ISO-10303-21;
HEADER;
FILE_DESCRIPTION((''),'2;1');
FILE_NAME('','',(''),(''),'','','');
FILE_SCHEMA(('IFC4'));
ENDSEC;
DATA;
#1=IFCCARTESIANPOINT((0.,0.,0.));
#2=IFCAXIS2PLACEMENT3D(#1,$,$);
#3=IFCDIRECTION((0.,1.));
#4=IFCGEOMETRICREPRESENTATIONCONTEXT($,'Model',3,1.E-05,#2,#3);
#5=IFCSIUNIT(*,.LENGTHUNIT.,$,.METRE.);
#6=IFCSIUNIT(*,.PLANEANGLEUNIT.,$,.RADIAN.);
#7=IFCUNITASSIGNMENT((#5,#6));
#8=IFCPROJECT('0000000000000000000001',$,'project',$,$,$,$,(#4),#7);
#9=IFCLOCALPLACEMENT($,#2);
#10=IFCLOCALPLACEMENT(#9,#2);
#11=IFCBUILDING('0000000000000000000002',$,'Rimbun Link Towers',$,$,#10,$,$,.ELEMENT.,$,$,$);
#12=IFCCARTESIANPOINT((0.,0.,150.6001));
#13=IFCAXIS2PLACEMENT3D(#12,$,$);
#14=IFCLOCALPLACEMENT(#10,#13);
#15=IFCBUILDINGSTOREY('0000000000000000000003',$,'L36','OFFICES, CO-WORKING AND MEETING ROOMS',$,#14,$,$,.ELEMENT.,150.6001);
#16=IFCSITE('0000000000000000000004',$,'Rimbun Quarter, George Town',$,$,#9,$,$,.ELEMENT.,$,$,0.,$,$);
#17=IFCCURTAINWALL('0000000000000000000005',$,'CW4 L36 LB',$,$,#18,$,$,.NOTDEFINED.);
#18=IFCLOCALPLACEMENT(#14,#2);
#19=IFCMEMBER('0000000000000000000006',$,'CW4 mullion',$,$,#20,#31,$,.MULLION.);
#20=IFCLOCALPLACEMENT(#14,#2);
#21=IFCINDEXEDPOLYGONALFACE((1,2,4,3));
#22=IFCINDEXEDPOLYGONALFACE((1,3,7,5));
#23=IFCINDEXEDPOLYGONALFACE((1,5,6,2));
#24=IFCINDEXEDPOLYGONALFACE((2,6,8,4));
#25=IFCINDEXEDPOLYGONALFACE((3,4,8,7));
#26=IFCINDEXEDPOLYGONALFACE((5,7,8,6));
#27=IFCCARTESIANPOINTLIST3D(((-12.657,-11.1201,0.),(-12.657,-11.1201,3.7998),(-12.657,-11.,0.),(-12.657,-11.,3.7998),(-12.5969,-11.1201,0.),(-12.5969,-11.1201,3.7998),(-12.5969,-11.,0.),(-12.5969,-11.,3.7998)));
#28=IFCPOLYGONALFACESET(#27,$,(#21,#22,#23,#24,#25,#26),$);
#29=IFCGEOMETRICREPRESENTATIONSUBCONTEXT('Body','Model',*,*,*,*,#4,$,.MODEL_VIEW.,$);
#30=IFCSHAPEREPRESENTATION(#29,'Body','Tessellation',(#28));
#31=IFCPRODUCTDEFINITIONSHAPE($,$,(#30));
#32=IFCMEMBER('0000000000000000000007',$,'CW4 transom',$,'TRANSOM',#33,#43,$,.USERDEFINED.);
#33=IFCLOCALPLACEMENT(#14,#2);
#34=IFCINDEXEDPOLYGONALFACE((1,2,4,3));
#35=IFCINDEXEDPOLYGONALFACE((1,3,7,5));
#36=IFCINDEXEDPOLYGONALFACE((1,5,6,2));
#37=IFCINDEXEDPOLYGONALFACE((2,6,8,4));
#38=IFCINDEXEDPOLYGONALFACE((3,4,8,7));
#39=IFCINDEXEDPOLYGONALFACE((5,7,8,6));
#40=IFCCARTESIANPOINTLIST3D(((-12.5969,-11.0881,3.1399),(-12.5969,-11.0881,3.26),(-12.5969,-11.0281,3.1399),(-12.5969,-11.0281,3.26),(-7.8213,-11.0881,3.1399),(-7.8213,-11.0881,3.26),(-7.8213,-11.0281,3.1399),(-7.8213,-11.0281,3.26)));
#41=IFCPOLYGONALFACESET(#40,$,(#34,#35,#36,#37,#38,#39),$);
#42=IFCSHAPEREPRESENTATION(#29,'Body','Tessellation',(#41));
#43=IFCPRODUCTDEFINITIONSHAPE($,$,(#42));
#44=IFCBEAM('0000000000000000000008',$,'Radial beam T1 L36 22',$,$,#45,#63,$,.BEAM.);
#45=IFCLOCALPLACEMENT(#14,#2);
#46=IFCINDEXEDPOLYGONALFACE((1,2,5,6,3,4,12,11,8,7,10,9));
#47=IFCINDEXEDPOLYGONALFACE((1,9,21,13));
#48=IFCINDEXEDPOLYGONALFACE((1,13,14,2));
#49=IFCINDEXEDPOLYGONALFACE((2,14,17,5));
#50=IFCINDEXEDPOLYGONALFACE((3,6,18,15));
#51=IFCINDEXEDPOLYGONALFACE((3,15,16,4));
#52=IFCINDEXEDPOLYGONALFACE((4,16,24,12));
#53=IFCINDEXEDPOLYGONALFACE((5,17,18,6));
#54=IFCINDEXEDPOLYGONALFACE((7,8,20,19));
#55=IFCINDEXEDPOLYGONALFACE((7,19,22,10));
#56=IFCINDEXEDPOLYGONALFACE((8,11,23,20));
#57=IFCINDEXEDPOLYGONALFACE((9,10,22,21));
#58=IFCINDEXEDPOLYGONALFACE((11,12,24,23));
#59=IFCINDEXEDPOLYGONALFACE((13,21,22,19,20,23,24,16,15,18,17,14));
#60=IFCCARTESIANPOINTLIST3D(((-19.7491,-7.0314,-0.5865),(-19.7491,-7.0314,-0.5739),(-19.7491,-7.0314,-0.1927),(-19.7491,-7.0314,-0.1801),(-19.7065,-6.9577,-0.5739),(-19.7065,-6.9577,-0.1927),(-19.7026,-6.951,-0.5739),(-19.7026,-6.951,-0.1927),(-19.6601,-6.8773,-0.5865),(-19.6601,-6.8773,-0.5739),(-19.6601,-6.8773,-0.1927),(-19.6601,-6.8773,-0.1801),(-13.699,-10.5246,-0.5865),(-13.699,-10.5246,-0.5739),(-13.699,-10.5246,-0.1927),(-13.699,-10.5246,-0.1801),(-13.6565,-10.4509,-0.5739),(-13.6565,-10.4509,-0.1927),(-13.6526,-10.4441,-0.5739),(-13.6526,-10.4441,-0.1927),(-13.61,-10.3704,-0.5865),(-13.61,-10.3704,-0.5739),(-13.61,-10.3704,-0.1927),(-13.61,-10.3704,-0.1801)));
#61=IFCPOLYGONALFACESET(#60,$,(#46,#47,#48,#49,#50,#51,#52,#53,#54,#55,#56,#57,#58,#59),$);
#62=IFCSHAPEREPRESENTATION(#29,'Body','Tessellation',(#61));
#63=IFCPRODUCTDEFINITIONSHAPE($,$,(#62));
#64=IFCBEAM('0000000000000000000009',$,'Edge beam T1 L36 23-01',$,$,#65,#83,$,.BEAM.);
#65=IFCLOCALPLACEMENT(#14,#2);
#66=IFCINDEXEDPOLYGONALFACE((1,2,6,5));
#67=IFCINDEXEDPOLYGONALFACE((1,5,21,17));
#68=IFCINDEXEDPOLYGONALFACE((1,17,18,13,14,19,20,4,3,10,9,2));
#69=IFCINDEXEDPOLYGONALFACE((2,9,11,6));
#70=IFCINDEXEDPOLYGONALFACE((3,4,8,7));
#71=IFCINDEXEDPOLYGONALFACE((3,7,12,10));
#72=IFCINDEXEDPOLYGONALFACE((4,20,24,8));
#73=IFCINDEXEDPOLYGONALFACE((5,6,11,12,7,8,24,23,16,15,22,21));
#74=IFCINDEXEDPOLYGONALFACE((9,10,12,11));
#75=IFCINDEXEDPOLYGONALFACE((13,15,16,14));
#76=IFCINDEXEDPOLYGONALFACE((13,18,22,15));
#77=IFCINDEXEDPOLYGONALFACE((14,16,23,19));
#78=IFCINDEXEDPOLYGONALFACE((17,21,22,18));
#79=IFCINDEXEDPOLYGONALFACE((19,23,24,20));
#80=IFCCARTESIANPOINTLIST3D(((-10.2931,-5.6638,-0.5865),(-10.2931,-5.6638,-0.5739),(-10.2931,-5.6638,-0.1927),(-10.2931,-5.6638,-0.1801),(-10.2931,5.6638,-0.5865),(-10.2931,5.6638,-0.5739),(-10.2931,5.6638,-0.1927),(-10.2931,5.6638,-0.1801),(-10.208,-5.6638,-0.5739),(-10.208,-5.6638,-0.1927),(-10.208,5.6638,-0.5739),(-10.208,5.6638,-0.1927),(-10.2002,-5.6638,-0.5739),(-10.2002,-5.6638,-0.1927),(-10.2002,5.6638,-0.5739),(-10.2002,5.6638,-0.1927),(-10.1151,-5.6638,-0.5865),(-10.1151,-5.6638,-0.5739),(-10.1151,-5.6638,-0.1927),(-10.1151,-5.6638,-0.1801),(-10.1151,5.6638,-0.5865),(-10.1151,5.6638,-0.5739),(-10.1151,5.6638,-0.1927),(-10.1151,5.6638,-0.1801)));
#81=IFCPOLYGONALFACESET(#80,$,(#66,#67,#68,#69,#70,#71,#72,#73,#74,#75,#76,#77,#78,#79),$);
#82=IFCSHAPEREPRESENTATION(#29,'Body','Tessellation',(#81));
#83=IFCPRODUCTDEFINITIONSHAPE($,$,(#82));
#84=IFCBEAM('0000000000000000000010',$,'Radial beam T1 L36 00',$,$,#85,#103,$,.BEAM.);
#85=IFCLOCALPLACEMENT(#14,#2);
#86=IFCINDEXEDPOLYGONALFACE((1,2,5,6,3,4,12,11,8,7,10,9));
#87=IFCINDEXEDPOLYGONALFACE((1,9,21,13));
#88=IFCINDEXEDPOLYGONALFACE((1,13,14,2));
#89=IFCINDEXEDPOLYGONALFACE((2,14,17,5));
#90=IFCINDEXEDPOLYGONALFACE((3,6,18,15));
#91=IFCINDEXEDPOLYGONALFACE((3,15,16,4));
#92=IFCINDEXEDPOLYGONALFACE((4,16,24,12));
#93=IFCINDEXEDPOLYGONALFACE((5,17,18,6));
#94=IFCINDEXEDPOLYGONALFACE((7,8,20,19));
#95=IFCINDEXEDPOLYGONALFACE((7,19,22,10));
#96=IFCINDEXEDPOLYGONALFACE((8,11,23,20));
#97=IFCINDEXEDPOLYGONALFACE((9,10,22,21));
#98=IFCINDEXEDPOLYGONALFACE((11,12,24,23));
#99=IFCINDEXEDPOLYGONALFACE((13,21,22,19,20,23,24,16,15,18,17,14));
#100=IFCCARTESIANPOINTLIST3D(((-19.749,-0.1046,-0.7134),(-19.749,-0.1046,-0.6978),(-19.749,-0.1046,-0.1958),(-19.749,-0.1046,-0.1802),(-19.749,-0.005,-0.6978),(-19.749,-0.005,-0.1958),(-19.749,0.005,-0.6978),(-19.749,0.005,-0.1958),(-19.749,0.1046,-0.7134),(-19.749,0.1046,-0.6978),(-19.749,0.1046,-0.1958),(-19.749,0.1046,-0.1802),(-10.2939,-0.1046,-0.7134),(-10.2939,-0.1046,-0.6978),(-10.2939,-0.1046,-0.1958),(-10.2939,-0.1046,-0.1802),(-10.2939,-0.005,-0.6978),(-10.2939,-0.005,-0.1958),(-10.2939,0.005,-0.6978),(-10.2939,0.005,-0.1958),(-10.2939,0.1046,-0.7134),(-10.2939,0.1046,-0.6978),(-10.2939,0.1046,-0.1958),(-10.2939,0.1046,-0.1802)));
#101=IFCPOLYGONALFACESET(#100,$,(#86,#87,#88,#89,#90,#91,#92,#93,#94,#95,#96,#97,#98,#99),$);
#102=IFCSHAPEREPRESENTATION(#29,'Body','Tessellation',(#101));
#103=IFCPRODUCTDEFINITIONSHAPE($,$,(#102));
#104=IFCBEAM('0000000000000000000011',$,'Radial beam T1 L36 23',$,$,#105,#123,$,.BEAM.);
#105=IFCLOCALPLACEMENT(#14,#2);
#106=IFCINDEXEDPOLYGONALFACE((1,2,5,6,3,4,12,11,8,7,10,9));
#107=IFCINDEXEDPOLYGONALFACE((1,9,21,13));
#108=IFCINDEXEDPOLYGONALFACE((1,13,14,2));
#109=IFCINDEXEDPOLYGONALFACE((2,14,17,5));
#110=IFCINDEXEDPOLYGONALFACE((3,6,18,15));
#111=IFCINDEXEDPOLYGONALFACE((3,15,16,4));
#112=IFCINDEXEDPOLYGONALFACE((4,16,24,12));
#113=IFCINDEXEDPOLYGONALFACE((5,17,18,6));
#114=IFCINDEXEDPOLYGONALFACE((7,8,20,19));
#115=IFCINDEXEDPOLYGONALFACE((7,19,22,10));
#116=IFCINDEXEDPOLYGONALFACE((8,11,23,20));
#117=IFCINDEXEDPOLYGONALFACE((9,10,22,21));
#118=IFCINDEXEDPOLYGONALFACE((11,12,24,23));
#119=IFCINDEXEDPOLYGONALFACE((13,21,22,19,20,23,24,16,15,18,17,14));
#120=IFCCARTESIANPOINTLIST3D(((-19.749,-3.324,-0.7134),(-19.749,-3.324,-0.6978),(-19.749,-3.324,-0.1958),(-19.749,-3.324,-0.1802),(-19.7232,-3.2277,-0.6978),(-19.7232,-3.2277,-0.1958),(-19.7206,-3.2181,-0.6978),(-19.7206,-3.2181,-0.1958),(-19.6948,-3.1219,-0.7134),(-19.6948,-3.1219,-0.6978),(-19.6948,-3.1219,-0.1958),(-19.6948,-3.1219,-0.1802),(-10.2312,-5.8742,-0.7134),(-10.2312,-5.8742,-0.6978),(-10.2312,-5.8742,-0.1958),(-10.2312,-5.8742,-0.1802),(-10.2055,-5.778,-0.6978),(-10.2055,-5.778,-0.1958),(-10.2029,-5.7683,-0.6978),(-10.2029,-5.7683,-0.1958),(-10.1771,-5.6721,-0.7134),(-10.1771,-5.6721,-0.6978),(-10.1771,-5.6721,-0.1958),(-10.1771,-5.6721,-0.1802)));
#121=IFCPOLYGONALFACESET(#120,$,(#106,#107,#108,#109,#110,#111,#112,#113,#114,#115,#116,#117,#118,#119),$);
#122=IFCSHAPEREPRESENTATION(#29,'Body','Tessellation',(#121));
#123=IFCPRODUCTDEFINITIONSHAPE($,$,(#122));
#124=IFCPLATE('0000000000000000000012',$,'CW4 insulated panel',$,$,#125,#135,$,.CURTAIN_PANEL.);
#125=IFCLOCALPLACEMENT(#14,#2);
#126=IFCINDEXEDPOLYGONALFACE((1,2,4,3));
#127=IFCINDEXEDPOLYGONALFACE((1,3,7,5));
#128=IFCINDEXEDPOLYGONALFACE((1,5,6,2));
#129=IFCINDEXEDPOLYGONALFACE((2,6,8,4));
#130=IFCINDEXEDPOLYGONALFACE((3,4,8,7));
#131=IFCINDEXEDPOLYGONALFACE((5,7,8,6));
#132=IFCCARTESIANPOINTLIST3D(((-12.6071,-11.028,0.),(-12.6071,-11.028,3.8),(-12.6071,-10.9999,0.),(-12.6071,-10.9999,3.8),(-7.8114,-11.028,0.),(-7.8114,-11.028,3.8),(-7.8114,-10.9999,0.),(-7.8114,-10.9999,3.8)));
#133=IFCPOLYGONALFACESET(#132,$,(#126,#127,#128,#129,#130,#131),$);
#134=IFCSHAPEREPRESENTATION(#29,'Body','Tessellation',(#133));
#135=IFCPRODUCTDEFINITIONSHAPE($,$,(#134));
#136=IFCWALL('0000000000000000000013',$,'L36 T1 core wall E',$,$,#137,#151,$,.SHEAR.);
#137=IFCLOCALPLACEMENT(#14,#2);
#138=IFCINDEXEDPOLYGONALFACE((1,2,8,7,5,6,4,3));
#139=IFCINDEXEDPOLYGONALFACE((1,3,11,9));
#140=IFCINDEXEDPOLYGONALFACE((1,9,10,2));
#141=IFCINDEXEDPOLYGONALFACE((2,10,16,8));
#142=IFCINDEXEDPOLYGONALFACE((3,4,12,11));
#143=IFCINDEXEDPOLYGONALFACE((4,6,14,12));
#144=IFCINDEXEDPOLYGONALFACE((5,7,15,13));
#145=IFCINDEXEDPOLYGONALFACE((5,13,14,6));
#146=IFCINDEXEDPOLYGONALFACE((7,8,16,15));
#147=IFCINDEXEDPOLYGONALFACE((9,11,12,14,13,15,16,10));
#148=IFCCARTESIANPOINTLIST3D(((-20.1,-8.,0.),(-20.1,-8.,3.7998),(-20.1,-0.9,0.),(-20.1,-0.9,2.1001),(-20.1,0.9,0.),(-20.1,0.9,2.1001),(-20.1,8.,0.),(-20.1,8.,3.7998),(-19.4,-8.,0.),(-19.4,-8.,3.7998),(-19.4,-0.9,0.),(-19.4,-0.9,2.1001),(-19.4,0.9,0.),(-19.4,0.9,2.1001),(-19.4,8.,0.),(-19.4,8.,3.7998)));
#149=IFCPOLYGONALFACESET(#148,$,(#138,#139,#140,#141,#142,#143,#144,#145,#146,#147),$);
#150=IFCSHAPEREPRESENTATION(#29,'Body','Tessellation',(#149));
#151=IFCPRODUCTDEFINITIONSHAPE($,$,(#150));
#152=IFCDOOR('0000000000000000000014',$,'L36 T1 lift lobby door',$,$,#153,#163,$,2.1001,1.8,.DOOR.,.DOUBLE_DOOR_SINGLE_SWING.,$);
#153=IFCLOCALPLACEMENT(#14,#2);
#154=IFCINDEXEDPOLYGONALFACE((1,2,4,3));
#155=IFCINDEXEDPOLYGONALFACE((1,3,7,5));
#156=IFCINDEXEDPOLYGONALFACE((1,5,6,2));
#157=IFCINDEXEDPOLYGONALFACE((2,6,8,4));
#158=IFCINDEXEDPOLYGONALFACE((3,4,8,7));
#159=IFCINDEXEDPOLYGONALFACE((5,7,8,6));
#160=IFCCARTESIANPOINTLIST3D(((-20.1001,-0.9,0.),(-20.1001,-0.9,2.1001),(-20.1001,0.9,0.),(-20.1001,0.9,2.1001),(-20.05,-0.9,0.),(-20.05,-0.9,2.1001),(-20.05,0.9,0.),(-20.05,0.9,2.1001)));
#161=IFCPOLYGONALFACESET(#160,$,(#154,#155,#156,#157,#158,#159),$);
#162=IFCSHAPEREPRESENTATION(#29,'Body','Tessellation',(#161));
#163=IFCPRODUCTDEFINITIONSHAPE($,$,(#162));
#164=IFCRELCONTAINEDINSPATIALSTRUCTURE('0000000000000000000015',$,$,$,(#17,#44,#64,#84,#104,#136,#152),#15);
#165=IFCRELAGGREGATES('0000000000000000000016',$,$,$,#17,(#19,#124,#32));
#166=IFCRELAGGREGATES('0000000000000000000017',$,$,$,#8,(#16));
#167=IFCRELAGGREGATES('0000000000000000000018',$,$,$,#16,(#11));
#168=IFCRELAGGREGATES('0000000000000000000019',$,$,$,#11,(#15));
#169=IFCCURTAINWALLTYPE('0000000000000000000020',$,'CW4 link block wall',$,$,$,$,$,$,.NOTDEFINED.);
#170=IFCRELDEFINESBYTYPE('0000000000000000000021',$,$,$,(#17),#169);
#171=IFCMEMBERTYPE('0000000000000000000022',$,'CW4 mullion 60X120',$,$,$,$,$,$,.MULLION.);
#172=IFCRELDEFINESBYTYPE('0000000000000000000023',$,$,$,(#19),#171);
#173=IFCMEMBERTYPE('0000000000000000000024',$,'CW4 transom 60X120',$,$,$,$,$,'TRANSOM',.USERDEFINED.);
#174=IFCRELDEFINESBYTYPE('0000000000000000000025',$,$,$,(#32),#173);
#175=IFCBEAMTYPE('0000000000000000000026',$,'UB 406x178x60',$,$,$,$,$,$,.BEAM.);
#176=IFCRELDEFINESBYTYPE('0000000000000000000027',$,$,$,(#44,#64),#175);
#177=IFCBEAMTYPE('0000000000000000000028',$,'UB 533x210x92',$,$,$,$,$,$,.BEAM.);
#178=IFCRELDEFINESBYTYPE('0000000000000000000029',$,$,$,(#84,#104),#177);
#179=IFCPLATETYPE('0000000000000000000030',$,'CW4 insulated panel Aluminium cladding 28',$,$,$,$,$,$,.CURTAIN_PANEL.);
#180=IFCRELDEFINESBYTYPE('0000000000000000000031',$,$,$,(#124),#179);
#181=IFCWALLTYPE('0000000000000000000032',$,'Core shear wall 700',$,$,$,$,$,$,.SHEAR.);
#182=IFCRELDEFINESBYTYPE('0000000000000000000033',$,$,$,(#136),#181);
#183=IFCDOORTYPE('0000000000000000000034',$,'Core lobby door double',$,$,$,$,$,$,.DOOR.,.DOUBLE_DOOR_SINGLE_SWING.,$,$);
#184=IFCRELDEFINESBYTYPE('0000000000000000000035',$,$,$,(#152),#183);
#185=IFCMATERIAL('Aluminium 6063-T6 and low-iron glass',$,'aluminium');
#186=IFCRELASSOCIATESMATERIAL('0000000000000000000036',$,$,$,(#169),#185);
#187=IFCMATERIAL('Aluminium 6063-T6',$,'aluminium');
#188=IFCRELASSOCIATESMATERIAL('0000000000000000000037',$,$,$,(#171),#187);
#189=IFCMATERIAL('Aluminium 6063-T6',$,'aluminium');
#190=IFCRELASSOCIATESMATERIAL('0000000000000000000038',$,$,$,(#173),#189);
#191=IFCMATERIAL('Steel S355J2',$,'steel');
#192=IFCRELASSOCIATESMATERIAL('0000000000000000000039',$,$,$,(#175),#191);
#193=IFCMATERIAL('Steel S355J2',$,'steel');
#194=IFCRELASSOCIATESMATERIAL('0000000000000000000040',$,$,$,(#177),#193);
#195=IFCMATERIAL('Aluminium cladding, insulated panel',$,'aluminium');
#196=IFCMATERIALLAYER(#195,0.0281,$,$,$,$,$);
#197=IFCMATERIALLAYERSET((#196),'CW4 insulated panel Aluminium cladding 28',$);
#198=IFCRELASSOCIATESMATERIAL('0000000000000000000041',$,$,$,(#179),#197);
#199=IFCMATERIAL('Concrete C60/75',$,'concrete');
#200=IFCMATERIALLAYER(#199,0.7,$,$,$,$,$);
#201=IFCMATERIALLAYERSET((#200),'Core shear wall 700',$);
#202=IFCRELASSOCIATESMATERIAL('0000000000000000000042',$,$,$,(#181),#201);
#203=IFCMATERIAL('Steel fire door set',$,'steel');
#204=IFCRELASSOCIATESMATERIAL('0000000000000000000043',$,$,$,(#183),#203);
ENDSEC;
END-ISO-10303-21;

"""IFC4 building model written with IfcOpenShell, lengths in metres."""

from ifc_helpers import new_model, si_unit, direction, frame, frame_2d, origin, origin_2d, place, context, subcontext, project, spatial, rectangle, i_section, extrude, material, layer, layer_set, material_profile, profile_set, type_object, element, fill, aggregate, save


model = new_model("IFC4")

# Units and contexts
model_context = context("Model", 3, precision=1e-05, world=origin(), true_north=direction((0.0, 1.0)))
body_context = subcontext(model_context, "Body", "Model", "MODEL_VIEW")
ifc_project = project(units=[si_unit("LENGTHUNIT", "METRE"), si_unit("PLANEANGLEUNIT", "RADIAN")], contexts=[model_context])

# Site, building, storey
site_placement = place(None, origin())
site = spatial("IfcSite", under=ifc_project, at=site_placement, Name="Rimbun Quarter, George Town", CompositionType="ELEMENT", RefElevation=0.0)
building_placement = place(site_placement, origin())
building = spatial("IfcBuilding", under=site, at=building_placement, Name="Rimbun Link Towers", CompositionType="ELEMENT")
storey_placement = place(building_placement, frame((0.0, 0.0, 150.6001)))
storey = spatial("IfcBuildingStorey", under=building, at=storey_placement, Name="L36", Description="OFFICES, CO-WORKING AND MEETING ROOMS", CompositionType="ELEMENT", Elevation=150.6001)

# Curtain wall, members
ifc_material_1 = material(Name="Aluminium 6063-T6 and low-iron glass", Category="aluminium")
curtain_wall_type = type_object("IfcCurtainWallType", Name="CW4 link block wall", PredefinedType="NOTDEFINED", material=ifc_material_1)
curtain_wall_placement = place(storey_placement, origin())
curtain_wall = element("IfcCurtainWall", 1, at=curtain_wall_placement, inside=storey, type_object=curtain_wall_type, Name="CW4 L36 LB", PredefinedType="NOTDEFINED")
ifc_material_2 = material(Name="Aluminium 6063-T6", Category="aluminium")
ifc_material_profile_1 = material_profile(ifc_material_2, rectangle(XDim=0.1201, YDim=0.0601, at=origin_2d()), Name="MULLION 60X120")
ifc_profile_set_1 = profile_set([ifc_material_profile_1], Name="Aluminium 6063-T6")
member_type_1 = type_object("IfcMemberType", Name="CW4 mullion 60X120", PredefinedType="MULLION", material=ifc_profile_set_1)
member_1_placement = place(storey_placement, frame((-12.627, -11.0601, 0.0), z_axis=(0.0, 0.0, 1.0), x_axis=(0.0, -1.0, 0.0)))
member_1 = element("IfcMember", 2, at=member_1_placement, type_object=member_type_1, Name="CW4 mullion", PredefinedType="MULLION", context=body_context, shape_type="SweptSolid", body=[
    extrude(rectangle(XDim=0.1201, YDim=0.0601, at=origin_2d()), origin(), (0.0, 0.0, 1.0), 3.7998),
])
ifc_material_3 = material(Name="Aluminium 6063-T6", Category="aluminium")
ifc_material_profile_2 = material_profile(ifc_material_3, rectangle(XDim=0.0601, YDim=0.1201, at=origin_2d()), Name="TRANSOM 60X120")
ifc_profile_set_2 = profile_set([ifc_material_profile_2], Name="Aluminium 6063-T6")
member_type_2 = type_object("IfcMemberType", Name="CW4 transom 60X120", ElementType="TRANSOM", PredefinedType="USERDEFINED", material=ifc_profile_set_2)
member_2_placement = place(storey_placement, frame((-7.8213, -11.0581, 3.2), z_axis=(-1.0, 0.0, 0.0), x_axis=(0.0, -1.0, 0.0)))
member_2 = element("IfcMember", 3, at=member_2_placement, type_object=member_type_2, Name="CW4 transom", ObjectType="TRANSOM", PredefinedType="USERDEFINED", context=body_context, shape_type="SweptSolid", body=[
    extrude(rectangle(XDim=0.0601, YDim=0.1201, at=origin_2d()), origin(), (0.0, 0.0, 1.0), 4.7756),
])

# Beams
ifc_material_4 = material(Name="Steel S355J2", Category="steel")
ifc_material_profile_3 = material_profile(ifc_material_4, i_section(OverallWidth=0.178, OverallDepth=0.4065, WebThickness=0.0078, FlangeThickness=0.0127, at=origin_2d()), Name="UB 406x178x60")
ifc_profile_set_3 = profile_set([ifc_material_profile_3], Name="Steel S355J2")
beam_type_1 = type_object("IfcBeamType", Name="UB 406x178x60", PredefinedType="BEAM", material=ifc_profile_set_3)
beam_1_placement = place(storey_placement, frame((-19.7046, -6.9543, -0.3833), z_axis=(0.866015, -0.500018, 0.0), x_axis=(0.500018, 0.866015, 0.0)))
element("IfcBeam", 4, at=beam_1_placement, inside=storey, type_object=beam_type_1, Name="Radial beam T1 L36 22", PredefinedType="BEAM", context=body_context, shape_type="SweptSolid", body=[
    extrude(i_section(OverallWidth=0.178, OverallDepth=0.4065, WebThickness=0.0078, FlangeThickness=0.0127, at=origin_2d()), origin(), (0.0, 0.0, 1.0), 6.9861),
])
beam_2_placement = place(storey_placement, frame((-10.2041, -5.6638, -0.3833), z_axis=(0.0, 1.0, 0.0), x_axis=(-1.0, 0.0, 0.0)))
element("IfcBeam", 5, at=beam_2_placement, inside=storey, type_object=beam_type_1, Name="Edge beam T1 L36 23-01", PredefinedType="BEAM", context=body_context, shape_type="SweptSolid", body=[
    extrude(i_section(OverallWidth=0.178, OverallDepth=0.4065, WebThickness=0.0078, FlangeThickness=0.0127, at=origin_2d()), origin(), (0.0, 0.0, 1.0), 11.3276),
])
ifc_material_5 = material(Name="Steel S355J2", Category="steel")
ifc_material_profile_4 = material_profile(ifc_material_5, i_section(OverallWidth=0.2092, OverallDepth=0.5332, WebThickness=0.01, FlangeThickness=0.0156, at=origin_2d()), Name="UB 533x210x92")
ifc_profile_set_4 = profile_set([ifc_material_profile_4], Name="Steel S355J2")
beam_type_2 = type_object("IfcBeamType", Name="UB 533x210x92", PredefinedType="BEAM", material=ifc_profile_set_4)
beam_3_placement = place(storey_placement, frame((-19.749, 0.0, -0.4468), z_axis=(1.0, 0.0, 0.0), x_axis=(0.0, 1.0, 0.0)))
element("IfcBeam", 6, at=beam_3_placement, inside=storey, type_object=beam_type_2, Name="Radial beam T1 L36 00", PredefinedType="BEAM", context=body_context, shape_type="SweptSolid", body=[
    extrude(i_section(OverallWidth=0.2092, OverallDepth=0.5332, WebThickness=0.01, FlangeThickness=0.0156, at=origin_2d()), origin(), (0.0, 0.0, 1.0), 9.4551),
])
beam_4_placement = place(storey_placement, frame((-19.7219, -3.2229, -0.4468), z_axis=(0.965926, -0.258819, 0.0), x_axis=(0.258819, 0.965926, 0.0)))
element("IfcBeam", 7, at=beam_4_placement, inside=storey, type_object=beam_type_2, Name="Radial beam T1 L36 23", PredefinedType="BEAM", context=body_context, shape_type="SweptSolid", body=[
    extrude(i_section(OverallWidth=0.2092, OverallDepth=0.5332, WebThickness=0.01, FlangeThickness=0.0156, at=origin_2d()), origin(), (0.0, 0.0, 1.0), 9.8535),
])

# Plate
ifc_material_6 = material(Name="Aluminium cladding, insulated panel", Category="aluminium")
ifc_layer_1 = layer(ifc_material_6, 0.0281)
ifc_layer_set_1 = layer_set([ifc_layer_1], Name="CW4 insulated panel Aluminium cladding 28")
plate_type = type_object("IfcPlateType", Name="CW4 insulated panel Aluminium cladding 28", PredefinedType="CURTAIN_PANEL", material=ifc_layer_set_1)
plate_placement = place(storey_placement, frame((-10.2092, -11.0139, 0.0), z_axis=(0.0, 0.0, 1.0), x_axis=(-1.0, 0.0, 0.0)))
plate = element("IfcPlate", 8, at=plate_placement, type_object=plate_type, Name="CW4 insulated panel", PredefinedType="CURTAIN_PANEL", context=body_context, shape_type="SweptSolid", body=[
    extrude(rectangle(XDim=4.7957, YDim=0.0281, at=origin_2d()), origin(), (0.0, 0.0, 1.0), 3.8),
])
aggregate(curtain_wall, [member_1, plate, member_2])

# Wall, opening, door
ifc_material_7 = material(Name="Concrete C60/75", Category="concrete")
ifc_layer_2 = layer(ifc_material_7, 0.7)
ifc_layer_set_2 = layer_set([ifc_layer_2], Name="Core shear wall 700")
wall_type_1 = type_object("IfcWallType", Name="Core shear wall 700", PredefinedType="SHEAR", material=ifc_layer_set_2)
wall_1_placement = place(storey_placement, frame((-19.75, -8.0, 0.0), z_axis=(0.0, 0.0, 1.0), x_axis=(0.0, 1.0, 0.0)))
wall_1 = element("IfcWall", 9, at=wall_1_placement, inside=storey, type_object=wall_type_1, Name="L36 T1 core wall E", PredefinedType="SHEAR", context=body_context, shape_type="SweptSolid", body=[
    extrude(rectangle(XDim=16.0, YDim=0.7, at=frame_2d((8.0, 0.0))), origin(), (0.0, 0.0, 1.0), 3.7998),
])
opening_1_placement = place(wall_1_placement, frame((7.1001, 0.0, 0.0)))
opening_1 = element("IfcOpeningElement", 10, at=opening_1_placement, cuts=wall_1, PredefinedType="OPENING", context=body_context, shape_type="SweptSolid", body=[
    extrude(rectangle(XDim=1.8, YDim=2.1001, at=frame_2d((0.8999, 1.05))), frame((0.0, 0.3599, 0.0), z_axis=(0.0, -1.0, 0.0), x_axis=(1.0, 0.0, 0.0)), (0.0, 0.0, 1.0), 0.72),
])
ifc_material_8 = material(Name="Steel fire door set", Category="steel")
door_type_1 = type_object("IfcDoorType", Name="Core lobby door double", OperationType="DOUBLE_DOOR_SINGLE_SWING", PredefinedType="DOOR", material=ifc_material_8)
door_1_placement = place(opening_1_placement, origin())
door_1 = element("IfcDoor", 11, at=door_1_placement, inside=storey, type_object=door_type_1, Name="L36 T1 lift lobby door", OperationType="DOUBLE_DOOR_SINGLE_SWING", OverallHeight=2.1001, OverallWidth=1.8, PredefinedType="DOOR", context=body_context, shape_type="SweptSolid", body=[
    extrude(rectangle(XDim=1.8, YDim=2.1001, at=frame_2d((0.8999, 1.05))), frame((0.0, 0.3501, 0.0), z_axis=(0.0, -1.0, 0.0), x_axis=(1.0, 0.0, 0.0)), (0.0, 0.0, 1.0), 0.05),
])
fill(opening_1, door_1)

save(model, "model.ifc")
